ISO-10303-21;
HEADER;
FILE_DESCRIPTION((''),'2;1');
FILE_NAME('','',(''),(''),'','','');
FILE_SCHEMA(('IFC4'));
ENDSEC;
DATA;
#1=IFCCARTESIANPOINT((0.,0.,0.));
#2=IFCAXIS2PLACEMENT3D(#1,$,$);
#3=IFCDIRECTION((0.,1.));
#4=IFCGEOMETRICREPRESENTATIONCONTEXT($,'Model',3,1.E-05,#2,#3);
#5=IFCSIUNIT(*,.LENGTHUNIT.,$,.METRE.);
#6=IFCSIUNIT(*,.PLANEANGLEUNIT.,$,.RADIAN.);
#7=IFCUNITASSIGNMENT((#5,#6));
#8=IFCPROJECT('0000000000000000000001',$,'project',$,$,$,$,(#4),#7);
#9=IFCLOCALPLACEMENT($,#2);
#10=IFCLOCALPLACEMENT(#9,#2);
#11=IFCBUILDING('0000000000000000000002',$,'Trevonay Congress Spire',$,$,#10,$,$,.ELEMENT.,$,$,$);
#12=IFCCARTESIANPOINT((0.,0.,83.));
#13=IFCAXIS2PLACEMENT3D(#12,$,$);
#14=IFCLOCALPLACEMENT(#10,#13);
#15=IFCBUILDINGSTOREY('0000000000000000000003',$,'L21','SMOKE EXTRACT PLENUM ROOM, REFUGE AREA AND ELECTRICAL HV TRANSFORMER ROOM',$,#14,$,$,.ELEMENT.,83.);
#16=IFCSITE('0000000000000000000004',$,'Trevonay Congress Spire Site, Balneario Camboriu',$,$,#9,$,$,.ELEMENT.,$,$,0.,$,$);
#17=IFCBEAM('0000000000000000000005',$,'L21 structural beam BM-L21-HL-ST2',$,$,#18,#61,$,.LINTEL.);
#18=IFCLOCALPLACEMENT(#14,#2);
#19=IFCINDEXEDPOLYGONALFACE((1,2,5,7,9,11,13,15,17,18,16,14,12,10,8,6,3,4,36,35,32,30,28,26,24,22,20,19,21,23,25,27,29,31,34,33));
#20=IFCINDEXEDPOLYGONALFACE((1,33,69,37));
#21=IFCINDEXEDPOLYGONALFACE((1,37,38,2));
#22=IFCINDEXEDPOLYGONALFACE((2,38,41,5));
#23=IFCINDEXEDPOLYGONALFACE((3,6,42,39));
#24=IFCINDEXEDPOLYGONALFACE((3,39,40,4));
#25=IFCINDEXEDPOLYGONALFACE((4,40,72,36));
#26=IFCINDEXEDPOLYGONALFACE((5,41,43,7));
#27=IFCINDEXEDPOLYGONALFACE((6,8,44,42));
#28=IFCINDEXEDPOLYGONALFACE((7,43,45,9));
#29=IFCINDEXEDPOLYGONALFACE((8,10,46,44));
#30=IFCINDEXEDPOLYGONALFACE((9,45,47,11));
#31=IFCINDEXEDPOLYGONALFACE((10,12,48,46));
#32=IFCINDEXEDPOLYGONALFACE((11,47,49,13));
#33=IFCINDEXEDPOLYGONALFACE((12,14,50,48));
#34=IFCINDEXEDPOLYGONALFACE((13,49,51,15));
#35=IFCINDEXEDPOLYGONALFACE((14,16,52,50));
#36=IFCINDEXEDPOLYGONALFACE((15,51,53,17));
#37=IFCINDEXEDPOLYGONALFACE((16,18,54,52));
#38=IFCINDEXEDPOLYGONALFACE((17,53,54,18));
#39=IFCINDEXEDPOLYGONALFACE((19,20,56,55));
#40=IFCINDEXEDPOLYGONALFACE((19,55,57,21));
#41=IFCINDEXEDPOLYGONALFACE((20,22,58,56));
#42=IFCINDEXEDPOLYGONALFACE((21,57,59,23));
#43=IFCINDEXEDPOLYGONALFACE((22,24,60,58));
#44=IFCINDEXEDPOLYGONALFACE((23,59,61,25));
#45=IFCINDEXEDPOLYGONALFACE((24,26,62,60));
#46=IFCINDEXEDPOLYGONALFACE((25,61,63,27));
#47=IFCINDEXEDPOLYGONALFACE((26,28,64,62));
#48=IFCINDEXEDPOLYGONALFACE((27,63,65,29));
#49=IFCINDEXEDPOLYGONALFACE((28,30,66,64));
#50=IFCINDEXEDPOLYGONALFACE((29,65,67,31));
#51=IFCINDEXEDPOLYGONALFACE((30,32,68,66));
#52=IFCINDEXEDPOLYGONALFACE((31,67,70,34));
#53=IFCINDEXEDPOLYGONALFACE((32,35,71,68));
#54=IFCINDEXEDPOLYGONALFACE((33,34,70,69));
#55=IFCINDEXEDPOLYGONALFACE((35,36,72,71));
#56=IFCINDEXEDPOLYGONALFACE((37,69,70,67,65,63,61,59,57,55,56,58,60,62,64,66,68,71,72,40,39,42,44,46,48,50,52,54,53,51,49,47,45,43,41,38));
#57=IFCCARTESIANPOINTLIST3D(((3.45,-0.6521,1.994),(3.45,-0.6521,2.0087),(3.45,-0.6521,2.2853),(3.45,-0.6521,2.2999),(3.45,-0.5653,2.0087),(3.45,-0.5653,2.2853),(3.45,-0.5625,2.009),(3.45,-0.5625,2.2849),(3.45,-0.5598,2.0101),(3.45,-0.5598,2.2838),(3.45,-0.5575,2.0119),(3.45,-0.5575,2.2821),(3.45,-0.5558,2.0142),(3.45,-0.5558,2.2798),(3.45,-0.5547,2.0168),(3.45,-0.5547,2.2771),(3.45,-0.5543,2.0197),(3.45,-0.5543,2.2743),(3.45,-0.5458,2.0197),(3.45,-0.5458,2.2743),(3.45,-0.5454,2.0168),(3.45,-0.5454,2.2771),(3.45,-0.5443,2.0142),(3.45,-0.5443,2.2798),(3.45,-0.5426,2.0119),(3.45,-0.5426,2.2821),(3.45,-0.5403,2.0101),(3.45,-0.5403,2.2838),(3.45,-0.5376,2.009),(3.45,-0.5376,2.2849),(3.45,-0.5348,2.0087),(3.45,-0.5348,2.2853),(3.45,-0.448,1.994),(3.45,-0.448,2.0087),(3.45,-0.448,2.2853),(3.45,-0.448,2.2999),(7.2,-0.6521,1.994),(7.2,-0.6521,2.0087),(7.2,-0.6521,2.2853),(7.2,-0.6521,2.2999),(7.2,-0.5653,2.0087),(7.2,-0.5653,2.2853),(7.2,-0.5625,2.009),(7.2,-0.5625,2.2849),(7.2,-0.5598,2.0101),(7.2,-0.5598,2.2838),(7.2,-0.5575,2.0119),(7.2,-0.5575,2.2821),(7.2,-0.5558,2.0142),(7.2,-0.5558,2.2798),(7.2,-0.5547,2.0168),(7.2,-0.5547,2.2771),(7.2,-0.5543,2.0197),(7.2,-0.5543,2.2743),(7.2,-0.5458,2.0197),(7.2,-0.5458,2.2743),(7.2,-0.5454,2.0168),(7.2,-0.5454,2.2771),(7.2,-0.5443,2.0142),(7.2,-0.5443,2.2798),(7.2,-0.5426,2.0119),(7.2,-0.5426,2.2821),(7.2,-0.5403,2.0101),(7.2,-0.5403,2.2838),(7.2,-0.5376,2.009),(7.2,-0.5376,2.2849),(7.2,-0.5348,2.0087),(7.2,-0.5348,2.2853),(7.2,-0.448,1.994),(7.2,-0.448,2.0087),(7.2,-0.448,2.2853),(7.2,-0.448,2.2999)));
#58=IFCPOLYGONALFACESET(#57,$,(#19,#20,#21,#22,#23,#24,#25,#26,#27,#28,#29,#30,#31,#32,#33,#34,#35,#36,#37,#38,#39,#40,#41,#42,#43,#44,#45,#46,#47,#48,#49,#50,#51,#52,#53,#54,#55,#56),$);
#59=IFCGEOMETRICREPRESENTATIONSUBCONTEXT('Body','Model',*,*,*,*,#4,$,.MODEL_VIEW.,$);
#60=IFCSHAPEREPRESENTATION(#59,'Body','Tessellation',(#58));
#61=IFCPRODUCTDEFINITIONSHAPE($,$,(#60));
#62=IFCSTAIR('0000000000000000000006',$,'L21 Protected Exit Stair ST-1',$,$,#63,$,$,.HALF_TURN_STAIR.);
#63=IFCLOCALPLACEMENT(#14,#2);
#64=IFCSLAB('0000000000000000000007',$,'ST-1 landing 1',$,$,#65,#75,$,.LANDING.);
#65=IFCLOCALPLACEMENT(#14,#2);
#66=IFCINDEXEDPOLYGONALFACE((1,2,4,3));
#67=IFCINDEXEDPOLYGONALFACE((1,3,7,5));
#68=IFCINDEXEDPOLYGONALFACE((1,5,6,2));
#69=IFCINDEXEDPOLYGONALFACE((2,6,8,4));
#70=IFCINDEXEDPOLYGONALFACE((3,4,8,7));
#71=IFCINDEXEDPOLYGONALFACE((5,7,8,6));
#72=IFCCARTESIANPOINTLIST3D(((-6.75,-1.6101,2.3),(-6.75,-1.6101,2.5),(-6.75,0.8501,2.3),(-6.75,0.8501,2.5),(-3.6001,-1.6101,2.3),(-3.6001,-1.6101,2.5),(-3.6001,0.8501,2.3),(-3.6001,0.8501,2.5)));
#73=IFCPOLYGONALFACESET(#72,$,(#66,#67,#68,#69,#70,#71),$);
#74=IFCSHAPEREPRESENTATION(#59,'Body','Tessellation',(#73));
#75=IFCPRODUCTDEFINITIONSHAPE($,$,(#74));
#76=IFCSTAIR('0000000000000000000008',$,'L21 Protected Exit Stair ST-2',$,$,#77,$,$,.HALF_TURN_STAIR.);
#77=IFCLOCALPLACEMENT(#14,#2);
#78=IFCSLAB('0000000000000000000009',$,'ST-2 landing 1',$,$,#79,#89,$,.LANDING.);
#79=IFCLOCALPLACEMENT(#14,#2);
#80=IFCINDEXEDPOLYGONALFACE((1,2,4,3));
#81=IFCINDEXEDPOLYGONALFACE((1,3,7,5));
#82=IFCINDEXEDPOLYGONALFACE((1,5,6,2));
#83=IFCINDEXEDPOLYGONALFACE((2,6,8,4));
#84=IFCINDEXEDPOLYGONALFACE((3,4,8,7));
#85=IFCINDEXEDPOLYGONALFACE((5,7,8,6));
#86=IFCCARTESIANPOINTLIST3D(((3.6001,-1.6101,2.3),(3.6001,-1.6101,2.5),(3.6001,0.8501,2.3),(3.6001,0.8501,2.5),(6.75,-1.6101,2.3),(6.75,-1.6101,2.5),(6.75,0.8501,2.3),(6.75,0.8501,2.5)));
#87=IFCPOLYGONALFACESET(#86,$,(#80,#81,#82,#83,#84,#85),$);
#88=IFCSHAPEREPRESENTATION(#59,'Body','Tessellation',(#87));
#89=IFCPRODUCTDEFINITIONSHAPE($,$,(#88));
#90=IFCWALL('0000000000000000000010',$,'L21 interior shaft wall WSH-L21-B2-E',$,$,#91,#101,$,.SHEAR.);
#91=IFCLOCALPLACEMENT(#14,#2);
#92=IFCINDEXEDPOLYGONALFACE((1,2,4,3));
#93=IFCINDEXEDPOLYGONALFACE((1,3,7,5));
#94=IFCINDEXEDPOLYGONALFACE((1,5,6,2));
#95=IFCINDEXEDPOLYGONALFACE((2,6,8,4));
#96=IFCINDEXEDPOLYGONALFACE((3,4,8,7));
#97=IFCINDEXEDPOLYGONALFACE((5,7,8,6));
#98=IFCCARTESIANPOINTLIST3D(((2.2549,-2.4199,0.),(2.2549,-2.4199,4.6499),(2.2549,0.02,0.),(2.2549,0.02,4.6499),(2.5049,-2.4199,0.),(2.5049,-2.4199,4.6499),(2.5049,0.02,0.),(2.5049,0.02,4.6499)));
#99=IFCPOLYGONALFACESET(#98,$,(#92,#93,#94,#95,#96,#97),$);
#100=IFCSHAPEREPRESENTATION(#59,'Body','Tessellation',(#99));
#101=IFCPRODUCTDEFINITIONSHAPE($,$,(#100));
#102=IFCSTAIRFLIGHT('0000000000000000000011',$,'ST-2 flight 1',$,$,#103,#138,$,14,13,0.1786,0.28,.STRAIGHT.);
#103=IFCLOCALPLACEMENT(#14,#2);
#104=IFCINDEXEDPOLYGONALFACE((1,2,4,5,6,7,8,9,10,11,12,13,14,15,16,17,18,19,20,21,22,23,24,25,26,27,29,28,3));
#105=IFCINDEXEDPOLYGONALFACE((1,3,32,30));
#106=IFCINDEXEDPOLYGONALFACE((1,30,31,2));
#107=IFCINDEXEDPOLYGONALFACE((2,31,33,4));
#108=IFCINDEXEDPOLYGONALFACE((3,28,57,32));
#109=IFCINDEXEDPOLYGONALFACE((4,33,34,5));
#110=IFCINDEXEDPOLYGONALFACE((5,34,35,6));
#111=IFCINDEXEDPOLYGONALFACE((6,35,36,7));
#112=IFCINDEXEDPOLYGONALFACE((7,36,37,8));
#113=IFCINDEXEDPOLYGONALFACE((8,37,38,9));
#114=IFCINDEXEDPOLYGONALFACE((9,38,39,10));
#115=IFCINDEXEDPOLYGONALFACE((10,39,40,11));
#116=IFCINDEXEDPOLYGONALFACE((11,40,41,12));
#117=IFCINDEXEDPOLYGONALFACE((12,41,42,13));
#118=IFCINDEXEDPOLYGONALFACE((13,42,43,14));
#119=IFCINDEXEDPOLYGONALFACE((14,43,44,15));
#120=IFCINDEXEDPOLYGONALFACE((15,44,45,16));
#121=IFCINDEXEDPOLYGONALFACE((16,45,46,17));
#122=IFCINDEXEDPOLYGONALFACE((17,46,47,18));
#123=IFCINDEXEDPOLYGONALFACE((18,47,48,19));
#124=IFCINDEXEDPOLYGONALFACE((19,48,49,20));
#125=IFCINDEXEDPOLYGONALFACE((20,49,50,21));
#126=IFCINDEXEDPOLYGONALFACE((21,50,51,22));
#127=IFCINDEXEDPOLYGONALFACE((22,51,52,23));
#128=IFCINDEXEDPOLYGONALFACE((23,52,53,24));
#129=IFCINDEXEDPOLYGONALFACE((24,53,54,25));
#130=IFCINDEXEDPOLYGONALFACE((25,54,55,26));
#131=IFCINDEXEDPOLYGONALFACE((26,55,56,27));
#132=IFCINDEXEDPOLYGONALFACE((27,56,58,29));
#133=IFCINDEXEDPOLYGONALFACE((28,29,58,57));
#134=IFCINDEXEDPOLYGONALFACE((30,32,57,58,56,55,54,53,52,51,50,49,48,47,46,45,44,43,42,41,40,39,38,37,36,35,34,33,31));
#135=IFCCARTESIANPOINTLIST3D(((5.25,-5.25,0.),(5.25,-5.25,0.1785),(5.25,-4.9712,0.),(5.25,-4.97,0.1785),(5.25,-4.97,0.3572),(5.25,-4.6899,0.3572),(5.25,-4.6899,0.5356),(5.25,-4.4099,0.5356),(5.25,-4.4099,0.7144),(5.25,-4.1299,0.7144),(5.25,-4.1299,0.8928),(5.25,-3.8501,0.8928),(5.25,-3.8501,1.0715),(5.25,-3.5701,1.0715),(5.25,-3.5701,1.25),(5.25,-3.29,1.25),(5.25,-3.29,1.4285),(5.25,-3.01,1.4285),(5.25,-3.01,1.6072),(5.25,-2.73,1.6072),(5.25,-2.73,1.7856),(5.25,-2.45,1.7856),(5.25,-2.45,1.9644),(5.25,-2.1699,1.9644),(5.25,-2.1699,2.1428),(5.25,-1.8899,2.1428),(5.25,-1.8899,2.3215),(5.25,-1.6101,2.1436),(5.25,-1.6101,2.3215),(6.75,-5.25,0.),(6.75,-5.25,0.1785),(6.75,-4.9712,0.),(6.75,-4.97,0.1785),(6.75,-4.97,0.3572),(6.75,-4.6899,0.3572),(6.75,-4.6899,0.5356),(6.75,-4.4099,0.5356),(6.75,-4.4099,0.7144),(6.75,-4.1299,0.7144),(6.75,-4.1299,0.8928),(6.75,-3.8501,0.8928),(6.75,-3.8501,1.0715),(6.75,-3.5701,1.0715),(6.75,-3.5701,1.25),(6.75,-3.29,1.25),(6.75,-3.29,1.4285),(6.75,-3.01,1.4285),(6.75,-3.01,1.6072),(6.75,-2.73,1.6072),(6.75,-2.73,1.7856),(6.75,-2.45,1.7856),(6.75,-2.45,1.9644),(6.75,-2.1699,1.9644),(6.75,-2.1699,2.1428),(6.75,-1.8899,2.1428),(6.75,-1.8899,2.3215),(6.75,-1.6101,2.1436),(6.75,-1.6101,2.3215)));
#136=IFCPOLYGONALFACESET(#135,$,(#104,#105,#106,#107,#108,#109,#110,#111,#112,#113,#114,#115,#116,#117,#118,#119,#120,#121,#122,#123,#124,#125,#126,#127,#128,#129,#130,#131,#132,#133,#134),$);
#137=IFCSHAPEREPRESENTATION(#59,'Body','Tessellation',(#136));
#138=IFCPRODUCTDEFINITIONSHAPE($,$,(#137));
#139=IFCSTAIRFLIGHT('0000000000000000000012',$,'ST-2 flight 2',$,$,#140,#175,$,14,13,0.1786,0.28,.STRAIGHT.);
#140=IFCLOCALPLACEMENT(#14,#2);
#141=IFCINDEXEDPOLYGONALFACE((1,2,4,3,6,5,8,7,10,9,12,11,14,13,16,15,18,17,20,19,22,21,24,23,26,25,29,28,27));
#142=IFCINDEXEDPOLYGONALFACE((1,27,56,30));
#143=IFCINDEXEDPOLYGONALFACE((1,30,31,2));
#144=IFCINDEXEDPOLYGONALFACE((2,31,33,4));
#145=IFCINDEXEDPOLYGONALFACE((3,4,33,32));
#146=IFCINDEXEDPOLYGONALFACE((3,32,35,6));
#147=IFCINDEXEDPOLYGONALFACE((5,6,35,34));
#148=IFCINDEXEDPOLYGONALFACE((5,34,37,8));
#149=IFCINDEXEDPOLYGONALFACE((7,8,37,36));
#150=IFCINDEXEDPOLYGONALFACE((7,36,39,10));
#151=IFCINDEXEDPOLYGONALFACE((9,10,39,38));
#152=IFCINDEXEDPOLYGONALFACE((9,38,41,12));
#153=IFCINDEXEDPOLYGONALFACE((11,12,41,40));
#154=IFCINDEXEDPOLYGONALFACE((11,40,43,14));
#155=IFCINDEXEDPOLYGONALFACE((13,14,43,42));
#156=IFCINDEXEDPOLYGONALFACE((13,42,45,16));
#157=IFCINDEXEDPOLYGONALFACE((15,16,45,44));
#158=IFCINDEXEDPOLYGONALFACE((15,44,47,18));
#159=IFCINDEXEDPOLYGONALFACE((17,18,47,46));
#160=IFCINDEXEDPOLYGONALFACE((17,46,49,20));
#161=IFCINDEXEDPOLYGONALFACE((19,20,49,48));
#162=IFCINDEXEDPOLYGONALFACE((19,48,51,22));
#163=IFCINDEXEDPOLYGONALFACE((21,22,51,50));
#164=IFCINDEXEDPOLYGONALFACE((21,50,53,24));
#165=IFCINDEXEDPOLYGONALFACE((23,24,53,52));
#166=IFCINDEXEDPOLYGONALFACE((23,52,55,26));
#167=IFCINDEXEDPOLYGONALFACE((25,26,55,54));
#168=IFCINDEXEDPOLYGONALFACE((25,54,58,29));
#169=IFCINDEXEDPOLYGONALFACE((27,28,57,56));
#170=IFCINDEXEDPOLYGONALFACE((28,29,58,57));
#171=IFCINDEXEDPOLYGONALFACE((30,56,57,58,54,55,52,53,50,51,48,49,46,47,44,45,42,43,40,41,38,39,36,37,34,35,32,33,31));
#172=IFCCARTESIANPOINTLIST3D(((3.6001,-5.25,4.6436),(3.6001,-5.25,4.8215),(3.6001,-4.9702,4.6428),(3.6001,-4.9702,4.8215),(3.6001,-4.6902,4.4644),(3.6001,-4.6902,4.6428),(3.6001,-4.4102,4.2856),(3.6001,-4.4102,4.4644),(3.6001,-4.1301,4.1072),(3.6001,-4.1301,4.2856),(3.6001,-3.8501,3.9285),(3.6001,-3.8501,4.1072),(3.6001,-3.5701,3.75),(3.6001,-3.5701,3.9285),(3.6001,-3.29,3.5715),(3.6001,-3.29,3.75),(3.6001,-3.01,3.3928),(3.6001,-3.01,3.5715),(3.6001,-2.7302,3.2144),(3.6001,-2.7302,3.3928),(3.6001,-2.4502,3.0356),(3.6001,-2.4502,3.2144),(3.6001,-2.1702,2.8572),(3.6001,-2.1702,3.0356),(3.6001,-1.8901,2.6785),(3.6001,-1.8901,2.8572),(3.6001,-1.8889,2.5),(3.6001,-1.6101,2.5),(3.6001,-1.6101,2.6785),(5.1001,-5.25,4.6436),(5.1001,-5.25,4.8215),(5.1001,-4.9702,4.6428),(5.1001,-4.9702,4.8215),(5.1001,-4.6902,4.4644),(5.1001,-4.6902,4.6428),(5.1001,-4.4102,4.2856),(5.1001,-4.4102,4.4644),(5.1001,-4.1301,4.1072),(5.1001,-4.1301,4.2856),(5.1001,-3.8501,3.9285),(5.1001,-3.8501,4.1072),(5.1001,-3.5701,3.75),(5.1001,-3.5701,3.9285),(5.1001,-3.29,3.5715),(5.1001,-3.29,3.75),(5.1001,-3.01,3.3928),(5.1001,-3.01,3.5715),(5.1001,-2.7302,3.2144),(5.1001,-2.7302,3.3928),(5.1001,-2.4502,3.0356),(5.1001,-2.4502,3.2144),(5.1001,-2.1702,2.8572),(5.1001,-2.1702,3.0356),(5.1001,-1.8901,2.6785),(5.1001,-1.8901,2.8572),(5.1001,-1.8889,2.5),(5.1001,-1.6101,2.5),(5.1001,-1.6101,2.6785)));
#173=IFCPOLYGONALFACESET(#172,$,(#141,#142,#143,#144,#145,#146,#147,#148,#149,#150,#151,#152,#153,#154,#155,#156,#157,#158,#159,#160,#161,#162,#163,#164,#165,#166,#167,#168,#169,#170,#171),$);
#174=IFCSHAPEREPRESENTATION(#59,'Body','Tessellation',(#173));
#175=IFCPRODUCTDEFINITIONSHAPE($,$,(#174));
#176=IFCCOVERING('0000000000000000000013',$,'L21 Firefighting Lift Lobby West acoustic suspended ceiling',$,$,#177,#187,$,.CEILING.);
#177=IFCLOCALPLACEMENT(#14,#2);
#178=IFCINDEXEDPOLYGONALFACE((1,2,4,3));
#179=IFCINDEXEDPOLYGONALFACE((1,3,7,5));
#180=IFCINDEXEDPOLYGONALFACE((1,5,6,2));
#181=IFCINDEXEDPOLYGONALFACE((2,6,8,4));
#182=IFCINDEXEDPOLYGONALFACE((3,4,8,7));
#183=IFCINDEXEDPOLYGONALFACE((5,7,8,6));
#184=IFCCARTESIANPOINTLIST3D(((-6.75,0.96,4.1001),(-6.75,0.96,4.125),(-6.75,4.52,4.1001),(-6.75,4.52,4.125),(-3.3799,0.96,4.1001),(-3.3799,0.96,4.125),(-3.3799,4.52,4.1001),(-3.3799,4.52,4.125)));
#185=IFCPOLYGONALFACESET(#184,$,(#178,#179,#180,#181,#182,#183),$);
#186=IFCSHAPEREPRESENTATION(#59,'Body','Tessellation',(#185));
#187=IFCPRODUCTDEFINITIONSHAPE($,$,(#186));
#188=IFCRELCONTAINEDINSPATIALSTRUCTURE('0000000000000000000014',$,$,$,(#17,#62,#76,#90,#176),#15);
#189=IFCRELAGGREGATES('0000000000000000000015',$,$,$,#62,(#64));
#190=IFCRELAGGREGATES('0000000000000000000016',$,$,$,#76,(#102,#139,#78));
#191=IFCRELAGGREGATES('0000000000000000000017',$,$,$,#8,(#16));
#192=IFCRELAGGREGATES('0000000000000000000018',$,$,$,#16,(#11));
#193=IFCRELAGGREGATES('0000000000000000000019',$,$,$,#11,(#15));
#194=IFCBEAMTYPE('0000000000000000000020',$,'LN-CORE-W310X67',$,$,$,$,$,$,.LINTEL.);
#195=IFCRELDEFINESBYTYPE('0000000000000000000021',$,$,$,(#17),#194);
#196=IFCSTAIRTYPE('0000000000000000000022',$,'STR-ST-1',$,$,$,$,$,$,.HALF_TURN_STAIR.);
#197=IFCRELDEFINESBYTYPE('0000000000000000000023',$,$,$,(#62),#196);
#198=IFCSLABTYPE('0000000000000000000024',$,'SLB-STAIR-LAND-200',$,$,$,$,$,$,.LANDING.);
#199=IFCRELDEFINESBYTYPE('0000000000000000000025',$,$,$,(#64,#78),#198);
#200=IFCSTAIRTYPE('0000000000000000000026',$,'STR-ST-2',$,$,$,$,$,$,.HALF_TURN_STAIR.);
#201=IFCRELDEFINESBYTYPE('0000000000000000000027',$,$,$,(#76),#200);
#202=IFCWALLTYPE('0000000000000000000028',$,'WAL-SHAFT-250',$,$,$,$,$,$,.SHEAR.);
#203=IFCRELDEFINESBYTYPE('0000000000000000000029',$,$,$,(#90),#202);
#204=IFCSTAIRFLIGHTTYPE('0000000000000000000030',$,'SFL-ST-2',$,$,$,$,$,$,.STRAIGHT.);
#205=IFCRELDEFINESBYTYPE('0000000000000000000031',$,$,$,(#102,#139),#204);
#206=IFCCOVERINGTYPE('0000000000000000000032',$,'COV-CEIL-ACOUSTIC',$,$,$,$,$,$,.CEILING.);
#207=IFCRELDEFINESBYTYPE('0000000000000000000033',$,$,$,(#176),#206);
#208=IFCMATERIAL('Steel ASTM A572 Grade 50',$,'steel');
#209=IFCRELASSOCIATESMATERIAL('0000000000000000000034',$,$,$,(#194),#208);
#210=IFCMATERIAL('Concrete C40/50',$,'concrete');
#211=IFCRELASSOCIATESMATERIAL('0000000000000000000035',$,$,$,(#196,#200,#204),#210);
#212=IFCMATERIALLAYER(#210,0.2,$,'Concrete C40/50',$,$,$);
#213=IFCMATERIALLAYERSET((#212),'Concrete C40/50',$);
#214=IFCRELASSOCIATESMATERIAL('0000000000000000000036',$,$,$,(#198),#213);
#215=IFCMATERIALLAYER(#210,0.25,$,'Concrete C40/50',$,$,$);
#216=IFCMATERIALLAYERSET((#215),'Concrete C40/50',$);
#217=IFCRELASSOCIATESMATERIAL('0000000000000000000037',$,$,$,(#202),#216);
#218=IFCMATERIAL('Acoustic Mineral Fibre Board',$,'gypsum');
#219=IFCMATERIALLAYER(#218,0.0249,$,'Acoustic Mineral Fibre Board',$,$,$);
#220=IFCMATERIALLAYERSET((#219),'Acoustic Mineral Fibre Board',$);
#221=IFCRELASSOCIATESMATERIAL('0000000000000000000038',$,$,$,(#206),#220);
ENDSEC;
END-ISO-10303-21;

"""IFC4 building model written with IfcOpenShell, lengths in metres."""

from ifc_helpers import new_model, si_unit, direction, frame, frame_2d, origin, origin_2d, place, context, subcontext, project, spatial, polyline, rectangle, i_section, outline, extrude, material, layer, layer_set, material_profile, profile_set, type_object, element, aggregate, save


model = new_model("IFC4")

# Units and contexts
model_context = context("Model", 3, precision=1e-05, world=origin(), true_north=direction((0.0, 1.0)))
body_context = subcontext(model_context, "Body", "Model", "MODEL_VIEW")
ifc_project = project(units=[si_unit("LENGTHUNIT", "METRE"), si_unit("PLANEANGLEUNIT", "RADIAN")], contexts=[model_context])

# Site, building, storey
site_placement = place(None, origin())
site = spatial("IfcSite", under=ifc_project, at=site_placement, Name="Trevonay Congress Spire Site, Balneario Camboriu", CompositionType="ELEMENT", RefElevation=0.0)
building_placement = place(site_placement, origin())
building = spatial("IfcBuilding", under=site, at=building_placement, Name="Trevonay Congress Spire", CompositionType="ELEMENT")
storey_placement = place(building_placement, frame((0.0, 0.0, 83.0)))
storey = spatial("IfcBuildingStorey", under=building, at=storey_placement, Name="L21", Description="SMOKE EXTRACT PLENUM ROOM, REFUGE AREA AND ELECTRICAL HV TRANSFORMER ROOM", CompositionType="ELEMENT", Elevation=83.0)

# Beam
ifc_material_1 = material(Name="Steel ASTM A572 Grade 50", Category="steel")
ifc_material_profile = material_profile(ifc_material_1, i_section(OverallWidth=0.2041, OverallDepth=0.3059, WebThickness=0.0085, FlangeThickness=0.0146, FilletRadius=0.011, at=origin_2d()), Name="W310x67")
ifc_profile_set = profile_set([ifc_material_profile], Name="Steel ASTM A572 Grade 50")
beam_type = type_object("IfcBeamType", Name="LN-CORE-W310X67", PredefinedType="LINTEL", material=ifc_profile_set)
beam_placement = place(storey_placement, frame((3.45, -0.55, 2.147), z_axis=(1.0, 0.0, 0.0), x_axis=(0.0, 1.0, 0.0)))
element("IfcBeam", 1, at=beam_placement, inside=storey, type_object=beam_type, Name="L21 structural beam BM-L21-HL-ST2", PredefinedType="LINTEL", context=body_context, shape_type="SweptSolid", body=[
    extrude(i_section(OverallWidth=0.2041, OverallDepth=0.3059, WebThickness=0.0085, FlangeThickness=0.0146, FilletRadius=0.011, at=origin_2d()), origin(), (0.0, 0.0, 1.0), 3.75),
])

# Stairs, slabs
ifc_material_2 = material(Name="Concrete C40/50", Category="concrete")
stair_type_1 = type_object("IfcStairType", Name="STR-ST-1", PredefinedType="HALF_TURN_STAIR", material=ifc_material_2)
stair_1_placement = place(storey_placement, origin())
stair_1 = element("IfcStair", 2, at=stair_1_placement, inside=storey, type_object=stair_type_1, Name="L21 Protected Exit Stair ST-1", PredefinedType="HALF_TURN_STAIR")
ifc_layer_1 = layer(ifc_material_2, 0.2, Name="Concrete C40/50")
ifc_layer_set_1 = layer_set([ifc_layer_1], Name="Concrete C40/50")
slab_type = type_object("IfcSlabType", Name="SLB-STAIR-LAND-200", PredefinedType="LANDING", material=ifc_layer_set_1)
slab_1_placement = place(storey_placement, frame((0.0, 0.0, 2.3)))
slab_1 = element("IfcSlab", 3, at=slab_1_placement, type_object=slab_type, Name="ST-1 landing 1", PredefinedType="LANDING", context=body_context, shape_type="SweptSolid", body=[
    extrude(outline(polyline([(-3.6001, -1.6101), (-3.6001, 0.8501), (-6.75, 0.8501), (-6.75, -1.6101), (-3.6001, -1.6101)])), origin(), (0.0, 0.0, 1.0), 0.2),
])
aggregate(stair_1, [slab_1])
stair_type_2 = type_object("IfcStairType", Name="STR-ST-2", PredefinedType="HALF_TURN_STAIR", material=ifc_material_2)
stair_2_placement = place(storey_placement, origin())
stair_2 = element("IfcStair", 4, at=stair_2_placement, inside=storey, type_object=stair_type_2, Name="L21 Protected Exit Stair ST-2", PredefinedType="HALF_TURN_STAIR")
slab_2_placement = place(storey_placement, frame((0.0, 0.0, 2.3)))
slab_2 = element("IfcSlab", 5, at=slab_2_placement, type_object=slab_type, Name="ST-2 landing 1", PredefinedType="LANDING", context=body_context, shape_type="SweptSolid", body=[
    extrude(outline(polyline([(6.75, -1.6101), (6.75, 0.8501), (3.6001, 0.8501), (3.6001, -1.6101), (6.75, -1.6101)])), origin(), (0.0, 0.0, 1.0), 0.2),
])

# Wall
ifc_layer_2 = layer(ifc_material_2, 0.25, Name="Concrete C40/50")
ifc_layer_set_2 = layer_set([ifc_layer_2], Name="Concrete C40/50")
wall_type = type_object("IfcWallType", Name="WAL-SHAFT-250", PredefinedType="SHEAR", material=ifc_layer_set_2)
wall_placement = place(storey_placement, frame((2.3799, -2.4199, 0.0), z_axis=(0.0, 0.0, 1.0), x_axis=(0.0, 1.0, 0.0)))
element("IfcWall", 6, at=wall_placement, inside=storey, type_object=wall_type, Name="L21 interior shaft wall WSH-L21-B2-E", PredefinedType="SHEAR", context=body_context, shape_type="SweptSolid", body=[
    extrude(rectangle(XDim=2.4399, YDim=0.25, at=frame_2d((1.22, 0.0))), origin(), (0.0, 0.0, 1.0), 4.6499),
])

# Stair flights
stair_flight_type = type_object("IfcStairFlightType", Name="SFL-ST-2", PredefinedType="STRAIGHT", material=ifc_material_2)
stair_flight_1_placement = place(storey_placement, frame((6.0, -5.25, 0.0), z_axis=(0.0, 0.0, 1.0), x_axis=(0.0, 1.0, 0.0)))
stair_flight_1 = element("IfcStairFlight", 7, at=stair_flight_1_placement, type_object=stair_flight_type, Name="ST-2 flight 1", NumberOfRisers=14, NumberOfTreads=13, PredefinedType="STRAIGHT", RiserHeight=0.1786, TreadLength=0.28, context=body_context, shape_type="SweptSolid", body=[
    extrude(outline(polyline([(0.0, 0.0), (0.0, 0.1785), (0.28, 0.1785), (0.28, 0.3572), (0.5601, 0.3572), (0.5601, 0.5356), (0.8401, 0.5356), (0.8401, 0.7144), (1.1201, 0.7144), (1.1201, 0.8928), (1.3999, 0.8928), (1.3999, 1.0715), (1.6799, 1.0715), (1.6799, 1.25), (1.96, 1.25), (1.96, 1.4285), (2.24, 1.4285), (2.24, 1.6072), (2.52, 1.6072), (2.52, 1.7856), (2.8, 1.7856), (2.8, 1.9644), (3.0801, 1.9644), (3.0801, 2.1428), (3.3601, 2.1428), (3.3601, 2.3215), (3.6399, 2.3215), (3.6399, 2.5), (3.6399, 2.1436), (0.2788, 0.0), (0.0, 0.0)])), frame((0.0, 0.75, 0.0), z_axis=(0.0, -1.0, 0.0), x_axis=(1.0, 0.0, 0.0)), (0.0, 0.0, 1.0), 1.5),
])
stair_flight_2_placement = place(storey_placement, frame((4.3501, -1.6101, 2.5), z_axis=(0.0, 0.0, 1.0), x_axis=(0.0, -1.0, 0.0)))
stair_flight_2 = element("IfcStairFlight", 8, at=stair_flight_2_placement, type_object=stair_flight_type, Name="ST-2 flight 2", NumberOfRisers=14, NumberOfTreads=13, PredefinedType="STRAIGHT", RiserHeight=0.1786, TreadLength=0.28, context=body_context, shape_type="SweptSolid", body=[
    extrude(outline(polyline([(0.0, 0.0), (0.0, 0.1785), (0.28, 0.1785), (0.28, 0.3572), (0.5601, 0.3572), (0.5601, 0.5356), (0.8401, 0.5356), (0.8401, 0.7144), (1.1201, 0.7144), (1.1201, 0.8928), (1.3999, 0.8928), (1.3999, 1.0715), (1.6799, 1.0715), (1.6799, 1.25), (1.96, 1.25), (1.96, 1.4285), (2.24, 1.4285), (2.24, 1.6072), (2.52, 1.6072), (2.52, 1.7856), (2.8, 1.7856), (2.8, 1.9644), (3.0801, 1.9644), (3.0801, 2.1428), (3.3601, 2.1428), (3.3601, 2.3215), (3.6399, 2.3215), (3.6399, 2.5), (3.6399, 2.1436), (0.2788, 0.0), (0.0, 0.0)])), frame((0.0, 0.75, 0.0), z_axis=(0.0, -1.0, 0.0), x_axis=(1.0, 0.0, 0.0)), (0.0, 0.0, 1.0), 1.5),
])
aggregate(stair_2, [stair_flight_1, stair_flight_2, slab_2])

# Covering
ifc_material_3 = material(Name="Acoustic Mineral Fibre Board", Category="gypsum")
ifc_layer_3 = layer(ifc_material_3, 0.0249, Name="Acoustic Mineral Fibre Board")
ifc_layer_set_3 = layer_set([ifc_layer_3], Name="Acoustic Mineral Fibre Board")
covering_type_1 = type_object("IfcCoveringType", Name="COV-CEIL-ACOUSTIC", PredefinedType="CEILING", material=ifc_layer_set_3)
covering_1_placement = place(storey_placement, frame((0.0, 0.0, 4.1001)))
element("IfcCovering", 9, at=covering_1_placement, inside=storey, type_object=covering_type_1, Name="L21 Firefighting Lift Lobby West acoustic suspended ceiling", PredefinedType="CEILING", context=body_context, shape_type="SweptSolid", body=[
    extrude(outline(polyline([(-6.75, 0.96), (-3.3799, 0.96), (-3.3799, 4.52), (-6.75, 4.52), (-6.75, 0.96)])), origin(), (0.0, 0.0, 1.0), 0.0249),
])

save(model, "model.ifc")
